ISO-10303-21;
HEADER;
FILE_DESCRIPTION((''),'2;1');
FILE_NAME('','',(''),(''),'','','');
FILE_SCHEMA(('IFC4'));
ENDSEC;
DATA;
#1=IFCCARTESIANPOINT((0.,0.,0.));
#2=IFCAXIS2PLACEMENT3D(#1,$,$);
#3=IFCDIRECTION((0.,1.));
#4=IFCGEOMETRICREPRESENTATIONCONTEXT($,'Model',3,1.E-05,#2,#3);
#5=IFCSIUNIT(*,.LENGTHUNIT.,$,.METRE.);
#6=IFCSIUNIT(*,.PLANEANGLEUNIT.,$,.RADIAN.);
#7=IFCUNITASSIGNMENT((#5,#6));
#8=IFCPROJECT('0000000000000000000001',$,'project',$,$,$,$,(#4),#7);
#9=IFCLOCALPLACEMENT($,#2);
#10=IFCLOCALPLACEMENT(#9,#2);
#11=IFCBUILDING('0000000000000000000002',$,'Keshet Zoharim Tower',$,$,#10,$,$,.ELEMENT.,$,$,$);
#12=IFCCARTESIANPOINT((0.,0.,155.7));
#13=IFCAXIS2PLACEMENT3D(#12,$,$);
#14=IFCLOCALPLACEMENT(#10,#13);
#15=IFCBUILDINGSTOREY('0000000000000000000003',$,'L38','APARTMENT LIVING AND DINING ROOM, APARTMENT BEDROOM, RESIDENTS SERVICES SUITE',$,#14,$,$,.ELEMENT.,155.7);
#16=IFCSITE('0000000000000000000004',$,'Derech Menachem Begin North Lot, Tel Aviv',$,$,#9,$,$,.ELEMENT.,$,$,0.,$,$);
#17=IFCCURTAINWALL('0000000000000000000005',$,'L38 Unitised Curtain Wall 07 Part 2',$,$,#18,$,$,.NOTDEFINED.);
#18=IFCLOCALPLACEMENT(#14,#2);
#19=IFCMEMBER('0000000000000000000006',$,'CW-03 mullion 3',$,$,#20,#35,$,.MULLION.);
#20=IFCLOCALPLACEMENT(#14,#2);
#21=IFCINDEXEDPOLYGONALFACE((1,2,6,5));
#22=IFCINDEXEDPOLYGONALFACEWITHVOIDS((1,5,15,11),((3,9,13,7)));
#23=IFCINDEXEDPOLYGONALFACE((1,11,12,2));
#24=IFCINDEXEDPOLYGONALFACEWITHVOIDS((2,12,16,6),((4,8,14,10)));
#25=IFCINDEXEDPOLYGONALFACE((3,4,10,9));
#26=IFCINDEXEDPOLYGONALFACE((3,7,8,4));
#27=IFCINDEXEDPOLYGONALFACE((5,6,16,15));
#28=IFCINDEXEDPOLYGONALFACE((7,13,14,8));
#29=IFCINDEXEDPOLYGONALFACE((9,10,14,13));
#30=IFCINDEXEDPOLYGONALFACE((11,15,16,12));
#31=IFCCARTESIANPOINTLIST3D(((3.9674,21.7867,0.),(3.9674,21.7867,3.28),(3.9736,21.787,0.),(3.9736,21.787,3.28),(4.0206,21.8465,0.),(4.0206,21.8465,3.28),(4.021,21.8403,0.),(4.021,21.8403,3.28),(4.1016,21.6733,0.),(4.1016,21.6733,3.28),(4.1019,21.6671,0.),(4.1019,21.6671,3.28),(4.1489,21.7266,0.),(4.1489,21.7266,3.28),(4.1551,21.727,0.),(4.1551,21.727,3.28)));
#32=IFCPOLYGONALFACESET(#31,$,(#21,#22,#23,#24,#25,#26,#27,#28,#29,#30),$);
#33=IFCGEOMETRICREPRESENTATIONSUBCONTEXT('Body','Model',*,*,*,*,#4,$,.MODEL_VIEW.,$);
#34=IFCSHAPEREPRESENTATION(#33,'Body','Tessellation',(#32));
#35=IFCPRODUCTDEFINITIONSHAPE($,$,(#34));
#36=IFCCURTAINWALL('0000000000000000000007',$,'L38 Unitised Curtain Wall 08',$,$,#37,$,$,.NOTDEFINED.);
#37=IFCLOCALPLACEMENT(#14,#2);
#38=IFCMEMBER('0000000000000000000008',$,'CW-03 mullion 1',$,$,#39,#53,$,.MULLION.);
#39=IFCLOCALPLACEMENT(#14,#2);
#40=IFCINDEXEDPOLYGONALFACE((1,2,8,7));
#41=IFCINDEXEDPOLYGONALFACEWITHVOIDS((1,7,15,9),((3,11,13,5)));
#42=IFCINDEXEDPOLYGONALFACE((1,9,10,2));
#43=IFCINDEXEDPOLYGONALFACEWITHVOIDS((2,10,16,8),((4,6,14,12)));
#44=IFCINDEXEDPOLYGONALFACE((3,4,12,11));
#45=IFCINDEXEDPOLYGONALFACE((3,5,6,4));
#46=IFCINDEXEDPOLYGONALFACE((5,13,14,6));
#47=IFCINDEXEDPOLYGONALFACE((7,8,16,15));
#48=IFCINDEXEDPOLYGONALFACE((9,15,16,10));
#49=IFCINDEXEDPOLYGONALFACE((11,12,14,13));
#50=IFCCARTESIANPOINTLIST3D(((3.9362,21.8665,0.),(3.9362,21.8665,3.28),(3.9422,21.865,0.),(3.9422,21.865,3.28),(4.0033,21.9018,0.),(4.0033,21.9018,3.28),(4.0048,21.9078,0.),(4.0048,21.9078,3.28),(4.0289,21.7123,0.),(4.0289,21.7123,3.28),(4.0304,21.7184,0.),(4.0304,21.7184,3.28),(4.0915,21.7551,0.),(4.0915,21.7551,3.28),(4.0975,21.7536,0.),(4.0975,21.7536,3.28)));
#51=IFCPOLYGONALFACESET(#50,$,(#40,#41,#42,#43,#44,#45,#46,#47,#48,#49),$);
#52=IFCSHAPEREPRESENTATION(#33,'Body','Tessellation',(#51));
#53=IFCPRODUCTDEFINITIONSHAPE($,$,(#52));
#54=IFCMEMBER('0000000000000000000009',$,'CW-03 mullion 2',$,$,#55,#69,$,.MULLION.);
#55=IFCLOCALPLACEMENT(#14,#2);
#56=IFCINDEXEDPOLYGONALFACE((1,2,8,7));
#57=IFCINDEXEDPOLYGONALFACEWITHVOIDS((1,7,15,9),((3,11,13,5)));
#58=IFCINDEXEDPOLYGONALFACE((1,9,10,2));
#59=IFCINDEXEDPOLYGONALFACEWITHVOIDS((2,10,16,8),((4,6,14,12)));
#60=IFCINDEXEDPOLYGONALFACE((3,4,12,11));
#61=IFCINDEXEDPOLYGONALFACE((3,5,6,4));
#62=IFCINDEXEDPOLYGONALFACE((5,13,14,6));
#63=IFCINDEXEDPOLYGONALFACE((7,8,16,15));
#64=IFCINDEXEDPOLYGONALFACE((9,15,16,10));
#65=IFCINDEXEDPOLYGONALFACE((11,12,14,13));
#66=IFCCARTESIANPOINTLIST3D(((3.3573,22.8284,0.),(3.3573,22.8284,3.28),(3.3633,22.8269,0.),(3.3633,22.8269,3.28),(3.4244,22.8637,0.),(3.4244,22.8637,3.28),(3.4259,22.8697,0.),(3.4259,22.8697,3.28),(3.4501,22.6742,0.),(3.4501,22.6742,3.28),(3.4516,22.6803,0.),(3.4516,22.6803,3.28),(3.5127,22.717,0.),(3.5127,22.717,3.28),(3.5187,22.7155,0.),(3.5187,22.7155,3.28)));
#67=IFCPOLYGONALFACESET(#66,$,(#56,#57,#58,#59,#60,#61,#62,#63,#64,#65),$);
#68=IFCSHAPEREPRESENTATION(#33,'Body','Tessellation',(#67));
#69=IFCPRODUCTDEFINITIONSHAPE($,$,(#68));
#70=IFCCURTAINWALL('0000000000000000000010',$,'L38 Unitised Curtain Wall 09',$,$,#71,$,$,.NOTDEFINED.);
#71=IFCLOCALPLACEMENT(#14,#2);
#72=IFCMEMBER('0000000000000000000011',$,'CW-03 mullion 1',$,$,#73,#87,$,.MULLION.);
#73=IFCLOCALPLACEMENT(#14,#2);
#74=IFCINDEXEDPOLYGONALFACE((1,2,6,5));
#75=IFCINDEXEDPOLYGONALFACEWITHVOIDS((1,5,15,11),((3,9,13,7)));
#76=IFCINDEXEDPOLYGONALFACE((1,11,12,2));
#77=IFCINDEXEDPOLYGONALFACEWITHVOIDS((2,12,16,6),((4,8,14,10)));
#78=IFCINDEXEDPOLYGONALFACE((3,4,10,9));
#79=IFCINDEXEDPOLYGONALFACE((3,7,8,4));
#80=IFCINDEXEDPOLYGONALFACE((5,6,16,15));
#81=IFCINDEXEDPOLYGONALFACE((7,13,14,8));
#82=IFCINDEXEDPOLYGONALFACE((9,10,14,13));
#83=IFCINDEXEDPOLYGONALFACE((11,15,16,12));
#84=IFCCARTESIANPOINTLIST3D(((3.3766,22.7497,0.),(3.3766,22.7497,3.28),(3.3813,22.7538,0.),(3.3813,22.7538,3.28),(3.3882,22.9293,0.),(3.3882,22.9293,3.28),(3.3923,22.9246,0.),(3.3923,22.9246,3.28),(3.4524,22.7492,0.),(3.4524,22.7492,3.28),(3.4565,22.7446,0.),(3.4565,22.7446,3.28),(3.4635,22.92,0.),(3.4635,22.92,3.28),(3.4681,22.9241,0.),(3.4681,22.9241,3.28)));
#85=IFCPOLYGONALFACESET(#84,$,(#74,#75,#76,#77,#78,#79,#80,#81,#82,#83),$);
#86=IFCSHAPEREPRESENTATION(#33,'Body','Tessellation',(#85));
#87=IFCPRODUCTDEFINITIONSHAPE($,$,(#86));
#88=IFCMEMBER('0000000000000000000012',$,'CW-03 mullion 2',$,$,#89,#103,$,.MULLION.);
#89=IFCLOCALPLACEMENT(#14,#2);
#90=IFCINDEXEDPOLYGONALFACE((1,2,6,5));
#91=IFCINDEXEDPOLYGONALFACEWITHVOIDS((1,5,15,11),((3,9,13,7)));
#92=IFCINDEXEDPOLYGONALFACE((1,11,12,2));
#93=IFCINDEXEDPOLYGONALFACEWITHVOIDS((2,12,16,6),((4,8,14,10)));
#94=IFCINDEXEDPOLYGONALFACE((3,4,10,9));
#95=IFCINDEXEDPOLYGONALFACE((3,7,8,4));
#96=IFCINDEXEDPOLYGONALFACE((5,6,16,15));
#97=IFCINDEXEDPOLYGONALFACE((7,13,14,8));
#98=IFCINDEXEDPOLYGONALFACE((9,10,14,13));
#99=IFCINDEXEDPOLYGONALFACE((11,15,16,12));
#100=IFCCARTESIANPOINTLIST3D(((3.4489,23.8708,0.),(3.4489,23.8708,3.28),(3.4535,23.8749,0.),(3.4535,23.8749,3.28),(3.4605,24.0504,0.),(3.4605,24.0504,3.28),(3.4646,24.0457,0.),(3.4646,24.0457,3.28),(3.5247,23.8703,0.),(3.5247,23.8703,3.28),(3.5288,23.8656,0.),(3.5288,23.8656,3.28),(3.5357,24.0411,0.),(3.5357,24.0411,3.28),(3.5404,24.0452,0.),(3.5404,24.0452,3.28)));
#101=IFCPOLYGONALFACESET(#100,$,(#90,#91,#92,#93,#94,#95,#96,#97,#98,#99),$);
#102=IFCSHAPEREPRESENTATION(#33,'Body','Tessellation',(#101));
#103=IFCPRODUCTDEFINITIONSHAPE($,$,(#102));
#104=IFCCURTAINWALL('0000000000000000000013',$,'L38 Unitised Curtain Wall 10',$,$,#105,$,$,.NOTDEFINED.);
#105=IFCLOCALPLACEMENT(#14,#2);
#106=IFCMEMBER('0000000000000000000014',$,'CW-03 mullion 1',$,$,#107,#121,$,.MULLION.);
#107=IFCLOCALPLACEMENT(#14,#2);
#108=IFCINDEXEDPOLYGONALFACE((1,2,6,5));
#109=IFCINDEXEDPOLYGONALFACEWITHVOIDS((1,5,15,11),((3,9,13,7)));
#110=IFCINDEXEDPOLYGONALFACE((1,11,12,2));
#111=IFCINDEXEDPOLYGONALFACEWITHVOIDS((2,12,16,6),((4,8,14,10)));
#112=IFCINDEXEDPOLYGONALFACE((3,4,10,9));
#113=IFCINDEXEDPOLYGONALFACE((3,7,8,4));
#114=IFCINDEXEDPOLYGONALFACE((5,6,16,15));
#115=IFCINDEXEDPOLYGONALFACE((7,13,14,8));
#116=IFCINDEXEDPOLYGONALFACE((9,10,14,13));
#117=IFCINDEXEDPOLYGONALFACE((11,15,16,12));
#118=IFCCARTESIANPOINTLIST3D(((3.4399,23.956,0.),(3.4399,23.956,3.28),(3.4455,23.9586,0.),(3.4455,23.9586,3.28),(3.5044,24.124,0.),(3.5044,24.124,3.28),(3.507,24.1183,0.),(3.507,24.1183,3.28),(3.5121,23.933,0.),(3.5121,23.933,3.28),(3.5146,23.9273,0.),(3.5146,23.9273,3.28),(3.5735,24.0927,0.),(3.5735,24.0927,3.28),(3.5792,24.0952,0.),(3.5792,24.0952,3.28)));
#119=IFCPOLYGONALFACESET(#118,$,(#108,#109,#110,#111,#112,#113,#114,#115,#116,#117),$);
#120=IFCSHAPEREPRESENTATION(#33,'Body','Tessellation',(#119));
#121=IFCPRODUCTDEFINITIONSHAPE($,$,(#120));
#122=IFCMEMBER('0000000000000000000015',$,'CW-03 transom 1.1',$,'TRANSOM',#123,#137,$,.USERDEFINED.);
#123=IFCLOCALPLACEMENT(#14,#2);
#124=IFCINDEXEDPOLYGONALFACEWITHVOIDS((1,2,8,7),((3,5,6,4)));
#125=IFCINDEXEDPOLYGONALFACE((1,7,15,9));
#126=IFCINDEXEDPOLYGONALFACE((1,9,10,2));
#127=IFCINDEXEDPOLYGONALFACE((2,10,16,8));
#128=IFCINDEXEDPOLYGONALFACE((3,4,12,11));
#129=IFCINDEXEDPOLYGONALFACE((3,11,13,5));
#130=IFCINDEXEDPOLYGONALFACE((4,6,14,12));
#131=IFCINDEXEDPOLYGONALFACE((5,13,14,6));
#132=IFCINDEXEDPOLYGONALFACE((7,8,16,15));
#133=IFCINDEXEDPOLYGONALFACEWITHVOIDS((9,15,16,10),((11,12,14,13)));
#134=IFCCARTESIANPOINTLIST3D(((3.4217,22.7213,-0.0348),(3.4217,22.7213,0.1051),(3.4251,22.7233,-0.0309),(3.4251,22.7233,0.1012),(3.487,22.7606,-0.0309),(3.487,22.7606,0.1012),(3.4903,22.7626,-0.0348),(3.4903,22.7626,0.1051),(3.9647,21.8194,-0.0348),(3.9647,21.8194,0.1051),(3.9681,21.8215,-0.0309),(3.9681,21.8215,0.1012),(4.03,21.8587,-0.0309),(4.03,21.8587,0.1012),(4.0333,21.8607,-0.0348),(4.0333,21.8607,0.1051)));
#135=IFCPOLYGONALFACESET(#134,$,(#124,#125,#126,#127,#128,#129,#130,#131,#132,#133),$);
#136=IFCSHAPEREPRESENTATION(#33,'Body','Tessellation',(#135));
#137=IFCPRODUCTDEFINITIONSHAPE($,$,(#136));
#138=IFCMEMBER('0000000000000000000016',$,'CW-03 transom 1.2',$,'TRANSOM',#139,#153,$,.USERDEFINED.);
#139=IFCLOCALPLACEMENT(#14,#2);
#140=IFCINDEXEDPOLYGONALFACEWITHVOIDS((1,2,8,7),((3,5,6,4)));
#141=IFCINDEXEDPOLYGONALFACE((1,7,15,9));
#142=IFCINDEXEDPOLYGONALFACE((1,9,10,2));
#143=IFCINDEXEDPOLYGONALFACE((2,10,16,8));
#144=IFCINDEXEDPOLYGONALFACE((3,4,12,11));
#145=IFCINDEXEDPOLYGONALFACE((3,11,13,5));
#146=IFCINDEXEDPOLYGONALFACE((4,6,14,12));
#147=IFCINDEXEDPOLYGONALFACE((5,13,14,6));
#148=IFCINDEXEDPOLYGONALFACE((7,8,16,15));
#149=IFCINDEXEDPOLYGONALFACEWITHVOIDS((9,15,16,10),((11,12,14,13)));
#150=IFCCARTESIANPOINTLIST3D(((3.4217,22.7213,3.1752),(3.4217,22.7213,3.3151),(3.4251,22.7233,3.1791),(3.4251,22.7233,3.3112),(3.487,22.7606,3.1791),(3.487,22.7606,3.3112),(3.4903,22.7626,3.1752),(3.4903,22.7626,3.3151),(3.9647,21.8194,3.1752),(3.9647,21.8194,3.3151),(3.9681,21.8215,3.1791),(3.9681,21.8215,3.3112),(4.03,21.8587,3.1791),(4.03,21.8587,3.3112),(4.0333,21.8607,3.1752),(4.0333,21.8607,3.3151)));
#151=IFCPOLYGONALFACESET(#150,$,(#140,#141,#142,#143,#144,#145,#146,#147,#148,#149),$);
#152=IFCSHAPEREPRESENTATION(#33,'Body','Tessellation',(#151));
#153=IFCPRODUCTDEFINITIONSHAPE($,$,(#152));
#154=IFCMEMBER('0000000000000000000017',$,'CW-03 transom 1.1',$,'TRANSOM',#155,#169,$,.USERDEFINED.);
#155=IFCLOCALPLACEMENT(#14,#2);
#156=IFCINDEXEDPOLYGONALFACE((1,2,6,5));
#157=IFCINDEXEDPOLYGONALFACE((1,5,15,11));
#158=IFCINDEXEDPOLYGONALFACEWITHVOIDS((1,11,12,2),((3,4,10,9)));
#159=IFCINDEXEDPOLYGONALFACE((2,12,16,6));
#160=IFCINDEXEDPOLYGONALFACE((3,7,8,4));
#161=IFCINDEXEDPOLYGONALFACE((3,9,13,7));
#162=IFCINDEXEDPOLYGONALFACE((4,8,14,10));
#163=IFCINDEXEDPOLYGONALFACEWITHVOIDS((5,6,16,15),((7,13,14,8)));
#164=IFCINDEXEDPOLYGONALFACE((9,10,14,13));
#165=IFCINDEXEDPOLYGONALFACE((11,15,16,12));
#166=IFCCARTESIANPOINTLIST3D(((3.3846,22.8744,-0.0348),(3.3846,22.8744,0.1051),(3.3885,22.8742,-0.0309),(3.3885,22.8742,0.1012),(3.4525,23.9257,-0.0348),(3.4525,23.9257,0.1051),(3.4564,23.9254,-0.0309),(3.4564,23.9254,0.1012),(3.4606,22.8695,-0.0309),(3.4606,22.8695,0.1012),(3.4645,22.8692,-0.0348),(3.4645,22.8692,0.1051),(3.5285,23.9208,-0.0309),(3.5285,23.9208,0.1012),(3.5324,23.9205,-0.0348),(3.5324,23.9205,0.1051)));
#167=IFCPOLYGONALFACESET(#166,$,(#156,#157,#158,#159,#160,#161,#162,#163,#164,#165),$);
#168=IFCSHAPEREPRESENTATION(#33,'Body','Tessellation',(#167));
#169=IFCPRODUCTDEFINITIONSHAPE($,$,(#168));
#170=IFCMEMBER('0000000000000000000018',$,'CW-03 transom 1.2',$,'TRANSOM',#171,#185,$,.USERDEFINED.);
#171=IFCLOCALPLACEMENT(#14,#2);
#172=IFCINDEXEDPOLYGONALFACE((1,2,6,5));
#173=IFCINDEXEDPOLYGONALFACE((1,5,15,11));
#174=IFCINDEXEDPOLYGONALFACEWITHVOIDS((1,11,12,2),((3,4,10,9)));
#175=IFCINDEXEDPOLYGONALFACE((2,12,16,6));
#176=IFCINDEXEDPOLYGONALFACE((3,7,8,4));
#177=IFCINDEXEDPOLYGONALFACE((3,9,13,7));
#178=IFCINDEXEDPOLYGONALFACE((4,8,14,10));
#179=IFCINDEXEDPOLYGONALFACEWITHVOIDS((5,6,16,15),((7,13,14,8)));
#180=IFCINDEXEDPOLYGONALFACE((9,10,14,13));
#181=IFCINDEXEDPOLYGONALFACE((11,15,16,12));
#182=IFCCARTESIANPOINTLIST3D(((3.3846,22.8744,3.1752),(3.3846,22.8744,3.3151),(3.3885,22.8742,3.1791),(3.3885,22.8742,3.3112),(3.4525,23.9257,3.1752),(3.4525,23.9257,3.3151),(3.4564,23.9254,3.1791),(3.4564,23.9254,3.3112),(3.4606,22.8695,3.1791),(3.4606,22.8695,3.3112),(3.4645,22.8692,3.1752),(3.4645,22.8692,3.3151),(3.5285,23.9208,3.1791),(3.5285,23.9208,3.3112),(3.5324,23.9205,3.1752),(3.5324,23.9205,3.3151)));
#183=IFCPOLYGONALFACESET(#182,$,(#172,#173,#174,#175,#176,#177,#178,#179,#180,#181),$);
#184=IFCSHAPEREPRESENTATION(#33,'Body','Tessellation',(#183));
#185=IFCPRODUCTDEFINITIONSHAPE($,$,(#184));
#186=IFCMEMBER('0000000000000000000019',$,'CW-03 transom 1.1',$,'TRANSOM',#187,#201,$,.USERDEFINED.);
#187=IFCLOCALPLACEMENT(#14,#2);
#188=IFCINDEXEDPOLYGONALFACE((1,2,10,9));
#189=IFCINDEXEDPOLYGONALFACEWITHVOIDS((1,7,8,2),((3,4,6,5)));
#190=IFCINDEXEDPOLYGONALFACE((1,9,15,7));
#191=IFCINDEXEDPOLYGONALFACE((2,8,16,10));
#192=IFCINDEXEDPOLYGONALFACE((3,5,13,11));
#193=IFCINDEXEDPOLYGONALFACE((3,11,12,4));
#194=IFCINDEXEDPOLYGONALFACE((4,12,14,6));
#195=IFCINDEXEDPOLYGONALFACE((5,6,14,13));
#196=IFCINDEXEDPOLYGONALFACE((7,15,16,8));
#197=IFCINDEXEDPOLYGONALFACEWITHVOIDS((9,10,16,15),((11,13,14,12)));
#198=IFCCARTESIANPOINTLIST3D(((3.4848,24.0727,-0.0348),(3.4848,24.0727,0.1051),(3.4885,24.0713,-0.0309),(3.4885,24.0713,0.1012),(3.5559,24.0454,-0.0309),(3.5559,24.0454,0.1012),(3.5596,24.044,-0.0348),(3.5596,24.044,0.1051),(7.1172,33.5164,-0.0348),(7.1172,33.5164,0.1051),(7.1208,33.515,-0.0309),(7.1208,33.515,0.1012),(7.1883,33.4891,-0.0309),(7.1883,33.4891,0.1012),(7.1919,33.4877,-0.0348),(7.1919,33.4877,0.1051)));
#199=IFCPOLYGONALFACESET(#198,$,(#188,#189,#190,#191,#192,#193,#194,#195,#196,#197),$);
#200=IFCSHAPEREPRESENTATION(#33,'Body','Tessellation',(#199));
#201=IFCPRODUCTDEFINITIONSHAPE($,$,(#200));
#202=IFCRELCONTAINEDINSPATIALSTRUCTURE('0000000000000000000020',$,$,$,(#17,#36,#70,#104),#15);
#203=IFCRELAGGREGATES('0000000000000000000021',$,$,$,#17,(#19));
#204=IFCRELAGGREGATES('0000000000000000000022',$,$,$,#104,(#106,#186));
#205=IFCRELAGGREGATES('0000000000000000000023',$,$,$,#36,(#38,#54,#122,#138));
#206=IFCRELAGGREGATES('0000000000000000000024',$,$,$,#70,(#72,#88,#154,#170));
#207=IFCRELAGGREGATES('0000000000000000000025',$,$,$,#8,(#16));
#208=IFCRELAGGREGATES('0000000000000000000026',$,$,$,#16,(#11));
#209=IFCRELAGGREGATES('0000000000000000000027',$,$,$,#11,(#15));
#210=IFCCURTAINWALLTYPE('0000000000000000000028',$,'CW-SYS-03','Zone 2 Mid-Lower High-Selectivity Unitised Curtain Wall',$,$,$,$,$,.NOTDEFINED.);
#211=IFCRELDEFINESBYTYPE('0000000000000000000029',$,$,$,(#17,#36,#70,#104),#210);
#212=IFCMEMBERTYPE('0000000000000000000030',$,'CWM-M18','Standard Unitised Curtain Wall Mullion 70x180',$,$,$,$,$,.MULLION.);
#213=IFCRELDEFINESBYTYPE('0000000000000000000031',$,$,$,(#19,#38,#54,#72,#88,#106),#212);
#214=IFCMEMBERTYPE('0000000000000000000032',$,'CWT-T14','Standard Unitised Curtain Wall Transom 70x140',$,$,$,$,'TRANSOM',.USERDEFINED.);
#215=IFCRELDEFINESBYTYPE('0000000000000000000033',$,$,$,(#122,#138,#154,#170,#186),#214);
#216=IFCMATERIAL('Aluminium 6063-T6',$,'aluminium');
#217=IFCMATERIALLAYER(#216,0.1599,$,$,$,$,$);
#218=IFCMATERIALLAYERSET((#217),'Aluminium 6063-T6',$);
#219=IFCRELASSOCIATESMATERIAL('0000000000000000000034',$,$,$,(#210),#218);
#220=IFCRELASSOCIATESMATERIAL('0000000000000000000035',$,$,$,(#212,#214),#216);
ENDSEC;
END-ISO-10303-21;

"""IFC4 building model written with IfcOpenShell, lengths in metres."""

from ifc_helpers import new_model, si_unit, direction, frame, origin, origin_2d, place, context, subcontext, project, spatial, hollow_rectangle, extrude, material, layer, layer_set, material_profile, profile_set, type_object, element, aggregate, save


model = new_model("IFC4")

# Units and contexts
model_context = context("Model", 3, precision=1e-05, world=origin(), true_north=direction((0.0, 1.0)))
body_context = subcontext(model_context, "Body", "Model", "MODEL_VIEW")
ifc_project = project(units=[si_unit("LENGTHUNIT", "METRE"), si_unit("PLANEANGLEUNIT", "RADIAN")], contexts=[model_context])

# Site, building, storey
site_placement = place(None, origin())
site = spatial("IfcSite", under=ifc_project, at=site_placement, Name="Derech Menachem Begin North Lot, Tel Aviv", CompositionType="ELEMENT", RefElevation=0.0)
building_placement = place(site_placement, origin())
building = spatial("IfcBuilding", under=site, at=building_placement, Name="Keshet Zoharim Tower", CompositionType="ELEMENT")
storey_placement = place(building_placement, frame((0.0, 0.0, 155.7)))
storey = spatial("IfcBuildingStorey", under=building, at=storey_placement, Name="L38", Description="APARTMENT LIVING AND DINING ROOM, APARTMENT BEDROOM, RESIDENTS SERVICES SUITE", CompositionType="ELEMENT", Elevation=155.7)

# Curtain wall, member
ifc_material_1 = material(Name="Aluminium 6063-T6", Category="aluminium")
ifc_layer_1 = layer(ifc_material_1, 0.1599)
ifc_layer_set_1 = layer_set([ifc_layer_1], Name="Aluminium 6063-T6")
curtain_wall_type = type_object("IfcCurtainWallType", Name="CW-SYS-03", Description="Zone 2 Mid-Lower High-Selectivity Unitised Curtain Wall", PredefinedType="NOTDEFINED", material=ifc_layer_set_1)
curtain_wall_1_placement = place(storey_placement, origin())
curtain_wall_1 = element("IfcCurtainWall", 1, at=curtain_wall_1_placement, inside=storey, type_object=curtain_wall_type, Name="L38 Unitised Curtain Wall 07 Part 2", PredefinedType="NOTDEFINED")
ifc_material_profile_1 = material_profile(ifc_material_1, hollow_rectangle(XDim=0.0801, YDim=0.1799, WallThickness=0.0044, at=origin_2d()), Name="MUL-80x180")
ifc_profile_set_1 = profile_set([ifc_material_profile_1], Name="Aluminium 6063-T6")
member_type_1 = type_object("IfcMemberType", Name="CWM-M18", Description="Standard Unitised Curtain Wall Mullion 70x180", PredefinedType="MULLION", material=ifc_profile_set_1)
member_1_placement = place(storey_placement, frame((4.0613, 21.7568, 0.0), z_axis=(0.0, 0.0, 1.0), x_axis=(-0.664363, -0.74741, 0.0)))
member_1 = element("IfcMember", 2, at=member_1_placement, type_object=member_type_1, Name="CW-03 mullion 3", PredefinedType="MULLION", context=body_context, shape_type="SweptSolid", body=[
    extrude(hollow_rectangle(XDim=0.0801, YDim=0.1799, WallThickness=0.0044, at=origin_2d()), origin(), (0.0, 0.0, 1.0), 3.28),
])
aggregate(curtain_wall_1, [member_1])

# Curtain walls, members
curtain_wall_2_placement = place(storey_placement, origin())
curtain_wall_2 = element("IfcCurtainWall", 3, at=curtain_wall_2_placement, inside=storey, type_object=curtain_wall_type, Name="L38 Unitised Curtain Wall 08", PredefinedType="NOTDEFINED")
member_2_placement = place(storey_placement, frame((4.0168, 21.8101, 0.0), z_axis=(0.0, 0.0, 1.0), x_axis=(-0.856826, -0.515605, 0.0)))
member_2 = element("IfcMember", 4, at=member_2_placement, type_object=member_type_1, Name="CW-03 mullion 1", PredefinedType="MULLION", context=body_context, shape_type="SweptSolid", body=[
    extrude(hollow_rectangle(XDim=0.0801, YDim=0.1799, WallThickness=0.0044, at=origin_2d()), origin(), (0.0, 0.0, 1.0), 3.28),
])
member_3_placement = place(storey_placement, frame((3.438, 22.772, 0.0), z_axis=(0.0, 0.0, 1.0), x_axis=(-0.856826, -0.515605, 0.0)))
member_3 = element("IfcMember", 5, at=member_3_placement, type_object=member_type_1, Name="CW-03 mullion 2", PredefinedType="MULLION", context=body_context, shape_type="SweptSolid", body=[
    extrude(hollow_rectangle(XDim=0.0801, YDim=0.1799, WallThickness=0.0044, at=origin_2d()), origin(), (0.0, 0.0, 1.0), 3.28),
])
curtain_wall_3_placement = place(storey_placement, origin())
curtain_wall_3 = element("IfcCurtainWall", 6, at=curtain_wall_3_placement, inside=storey, type_object=curtain_wall_type, Name="L38 Unitised Curtain Wall 09", PredefinedType="NOTDEFINED")
member_4_placement = place(storey_placement, frame((3.4224, 22.8369, 0.0), z_axis=(0.0, 0.0, 1.0), x_axis=(-0.997917, 0.064517, 0.0)))
member_4 = element("IfcMember", 7, at=member_4_placement, type_object=member_type_1, Name="CW-03 mullion 1", PredefinedType="MULLION", context=body_context, shape_type="SweptSolid", body=[
    extrude(hollow_rectangle(XDim=0.0801, YDim=0.1799, WallThickness=0.0044, at=origin_2d()), origin(), (0.0, 0.0, 1.0), 3.28),
])
member_5_placement = place(storey_placement, frame((3.4946, 23.958, 0.0), z_axis=(0.0, 0.0, 1.0), x_axis=(-0.997917, 0.064517, 0.0)))
member_5 = element("IfcMember", 8, at=member_5_placement, type_object=member_type_1, Name="CW-03 mullion 2", PredefinedType="MULLION", context=body_context, shape_type="SweptSolid", body=[
    extrude(hollow_rectangle(XDim=0.0801, YDim=0.1799, WallThickness=0.0044, at=origin_2d()), origin(), (0.0, 0.0, 1.0), 3.28),
])

# Curtain wall, member
curtain_wall_4_placement = place(storey_placement, origin())
curtain_wall_4 = element("IfcCurtainWall", 9, at=curtain_wall_4_placement, inside=storey, type_object=curtain_wall_type, Name="L38 Unitised Curtain Wall 10", PredefinedType="NOTDEFINED")
member_6_placement = place(storey_placement, frame((3.5095, 24.0256, 0.0), z_axis=(0.0, 0.0, 1.0), x_axis=(-0.933341, 0.35899, 0.0)))
member_6 = element("IfcMember", 10, at=member_6_placement, type_object=member_type_1, Name="CW-03 mullion 1", PredefinedType="MULLION", context=body_context, shape_type="SweptSolid", body=[
    extrude(hollow_rectangle(XDim=0.0801, YDim=0.1799, WallThickness=0.0044, at=origin_2d()), origin(), (0.0, 0.0, 1.0), 3.28),
])

# Members
ifc_material_profile_2 = material_profile(ifc_material_1, hollow_rectangle(XDim=0.0801, YDim=0.1399, WallThickness=0.0039, at=origin_2d()), Name="TRN-80x140")
ifc_profile_set_2 = profile_set([ifc_material_profile_2], Name="Aluminium 6063-T6")
member_type_2 = type_object("IfcMemberType", Name="CWT-T14", Description="Standard Unitised Curtain Wall Transom 70x140", ElementType="TRANSOM", PredefinedType="USERDEFINED", material=ifc_profile_set_2)
member_7_placement = place(storey_placement, frame((3.999, 21.8401, 0.0352), z_axis=(-0.515791, 0.856714, 0.0), x_axis=(-0.856714, -0.515791, 0.0)))
member_7 = element("IfcMember", 11, at=member_7_placement, type_object=member_type_2, Name="CW-03 transom 1.1", ObjectType="TRANSOM", PredefinedType="USERDEFINED", context=body_context, shape_type="SweptSolid", body=[
    extrude(hollow_rectangle(XDim=0.0801, YDim=0.1399, WallThickness=0.0039, at=origin_2d()), origin(), (0.0, 0.0, 1.0), 1.0527),
])
member_8_placement = place(storey_placement, frame((3.999, 21.8401, 3.2451), z_axis=(-0.515791, 0.856714, 0.0), x_axis=(-0.856714, -0.515791, 0.0)))
member_8 = element("IfcMember", 12, at=member_8_placement, type_object=member_type_2, Name="CW-03 transom 1.2", ObjectType="TRANSOM", PredefinedType="USERDEFINED", context=body_context, shape_type="SweptSolid", body=[
    extrude(hollow_rectangle(XDim=0.0801, YDim=0.1399, WallThickness=0.0039, at=origin_2d()), origin(), (0.0, 0.0, 1.0), 1.0527),
])
member_9_placement = place(storey_placement, frame((3.4246, 22.8718, 0.0352), z_axis=(0.064427, 0.997922, 0.0), x_axis=(-0.997922, 0.064427, 0.0)))
member_9 = element("IfcMember", 13, at=member_9_placement, type_object=member_type_2, Name="CW-03 transom 1.1", ObjectType="TRANSOM", PredefinedType="USERDEFINED", context=body_context, shape_type="SweptSolid", body=[
    extrude(hollow_rectangle(XDim=0.0801, YDim=0.1399, WallThickness=0.0039, at=origin_2d()), origin(), (0.0, 0.0, 1.0), 1.0535),
])
member_10_placement = place(storey_placement, frame((3.4246, 22.8718, 3.2451), z_axis=(0.064427, 0.997922, 0.0), x_axis=(-0.997922, 0.064427, 0.0)))
member_10 = element("IfcMember", 14, at=member_10_placement, type_object=member_type_2, Name="CW-03 transom 1.2", ObjectType="TRANSOM", PredefinedType="USERDEFINED", context=body_context, shape_type="SweptSolid", body=[
    extrude(hollow_rectangle(XDim=0.0801, YDim=0.1399, WallThickness=0.0039, at=origin_2d()), origin(), (0.0, 0.0, 1.0), 1.0535),
])
member_11_placement = place(storey_placement, frame((3.5222, 24.0583, 0.0352), z_axis=(0.358994, 0.93334, 0.0), x_axis=(-0.93334, 0.358994, 0.0)))
member_11 = element("IfcMember", 15, at=member_11_placement, type_object=member_type_2, Name="CW-03 transom 1.1", ObjectType="TRANSOM", PredefinedType="USERDEFINED", context=body_context, shape_type="SweptSolid", body=[
    extrude(hollow_rectangle(XDim=0.0801, YDim=0.1399, WallThickness=0.0039, at=origin_2d()), origin(), (0.0, 0.0, 1.0), 10.1182),
])
aggregate(curtain_wall_4, [member_6, member_11])

aggregate(curtain_wall_2, [member_2, member_3, member_7, member_8])
aggregate(curtain_wall_3, [member_4, member_5, member_9, member_10])

save(model, "model.ifc")
